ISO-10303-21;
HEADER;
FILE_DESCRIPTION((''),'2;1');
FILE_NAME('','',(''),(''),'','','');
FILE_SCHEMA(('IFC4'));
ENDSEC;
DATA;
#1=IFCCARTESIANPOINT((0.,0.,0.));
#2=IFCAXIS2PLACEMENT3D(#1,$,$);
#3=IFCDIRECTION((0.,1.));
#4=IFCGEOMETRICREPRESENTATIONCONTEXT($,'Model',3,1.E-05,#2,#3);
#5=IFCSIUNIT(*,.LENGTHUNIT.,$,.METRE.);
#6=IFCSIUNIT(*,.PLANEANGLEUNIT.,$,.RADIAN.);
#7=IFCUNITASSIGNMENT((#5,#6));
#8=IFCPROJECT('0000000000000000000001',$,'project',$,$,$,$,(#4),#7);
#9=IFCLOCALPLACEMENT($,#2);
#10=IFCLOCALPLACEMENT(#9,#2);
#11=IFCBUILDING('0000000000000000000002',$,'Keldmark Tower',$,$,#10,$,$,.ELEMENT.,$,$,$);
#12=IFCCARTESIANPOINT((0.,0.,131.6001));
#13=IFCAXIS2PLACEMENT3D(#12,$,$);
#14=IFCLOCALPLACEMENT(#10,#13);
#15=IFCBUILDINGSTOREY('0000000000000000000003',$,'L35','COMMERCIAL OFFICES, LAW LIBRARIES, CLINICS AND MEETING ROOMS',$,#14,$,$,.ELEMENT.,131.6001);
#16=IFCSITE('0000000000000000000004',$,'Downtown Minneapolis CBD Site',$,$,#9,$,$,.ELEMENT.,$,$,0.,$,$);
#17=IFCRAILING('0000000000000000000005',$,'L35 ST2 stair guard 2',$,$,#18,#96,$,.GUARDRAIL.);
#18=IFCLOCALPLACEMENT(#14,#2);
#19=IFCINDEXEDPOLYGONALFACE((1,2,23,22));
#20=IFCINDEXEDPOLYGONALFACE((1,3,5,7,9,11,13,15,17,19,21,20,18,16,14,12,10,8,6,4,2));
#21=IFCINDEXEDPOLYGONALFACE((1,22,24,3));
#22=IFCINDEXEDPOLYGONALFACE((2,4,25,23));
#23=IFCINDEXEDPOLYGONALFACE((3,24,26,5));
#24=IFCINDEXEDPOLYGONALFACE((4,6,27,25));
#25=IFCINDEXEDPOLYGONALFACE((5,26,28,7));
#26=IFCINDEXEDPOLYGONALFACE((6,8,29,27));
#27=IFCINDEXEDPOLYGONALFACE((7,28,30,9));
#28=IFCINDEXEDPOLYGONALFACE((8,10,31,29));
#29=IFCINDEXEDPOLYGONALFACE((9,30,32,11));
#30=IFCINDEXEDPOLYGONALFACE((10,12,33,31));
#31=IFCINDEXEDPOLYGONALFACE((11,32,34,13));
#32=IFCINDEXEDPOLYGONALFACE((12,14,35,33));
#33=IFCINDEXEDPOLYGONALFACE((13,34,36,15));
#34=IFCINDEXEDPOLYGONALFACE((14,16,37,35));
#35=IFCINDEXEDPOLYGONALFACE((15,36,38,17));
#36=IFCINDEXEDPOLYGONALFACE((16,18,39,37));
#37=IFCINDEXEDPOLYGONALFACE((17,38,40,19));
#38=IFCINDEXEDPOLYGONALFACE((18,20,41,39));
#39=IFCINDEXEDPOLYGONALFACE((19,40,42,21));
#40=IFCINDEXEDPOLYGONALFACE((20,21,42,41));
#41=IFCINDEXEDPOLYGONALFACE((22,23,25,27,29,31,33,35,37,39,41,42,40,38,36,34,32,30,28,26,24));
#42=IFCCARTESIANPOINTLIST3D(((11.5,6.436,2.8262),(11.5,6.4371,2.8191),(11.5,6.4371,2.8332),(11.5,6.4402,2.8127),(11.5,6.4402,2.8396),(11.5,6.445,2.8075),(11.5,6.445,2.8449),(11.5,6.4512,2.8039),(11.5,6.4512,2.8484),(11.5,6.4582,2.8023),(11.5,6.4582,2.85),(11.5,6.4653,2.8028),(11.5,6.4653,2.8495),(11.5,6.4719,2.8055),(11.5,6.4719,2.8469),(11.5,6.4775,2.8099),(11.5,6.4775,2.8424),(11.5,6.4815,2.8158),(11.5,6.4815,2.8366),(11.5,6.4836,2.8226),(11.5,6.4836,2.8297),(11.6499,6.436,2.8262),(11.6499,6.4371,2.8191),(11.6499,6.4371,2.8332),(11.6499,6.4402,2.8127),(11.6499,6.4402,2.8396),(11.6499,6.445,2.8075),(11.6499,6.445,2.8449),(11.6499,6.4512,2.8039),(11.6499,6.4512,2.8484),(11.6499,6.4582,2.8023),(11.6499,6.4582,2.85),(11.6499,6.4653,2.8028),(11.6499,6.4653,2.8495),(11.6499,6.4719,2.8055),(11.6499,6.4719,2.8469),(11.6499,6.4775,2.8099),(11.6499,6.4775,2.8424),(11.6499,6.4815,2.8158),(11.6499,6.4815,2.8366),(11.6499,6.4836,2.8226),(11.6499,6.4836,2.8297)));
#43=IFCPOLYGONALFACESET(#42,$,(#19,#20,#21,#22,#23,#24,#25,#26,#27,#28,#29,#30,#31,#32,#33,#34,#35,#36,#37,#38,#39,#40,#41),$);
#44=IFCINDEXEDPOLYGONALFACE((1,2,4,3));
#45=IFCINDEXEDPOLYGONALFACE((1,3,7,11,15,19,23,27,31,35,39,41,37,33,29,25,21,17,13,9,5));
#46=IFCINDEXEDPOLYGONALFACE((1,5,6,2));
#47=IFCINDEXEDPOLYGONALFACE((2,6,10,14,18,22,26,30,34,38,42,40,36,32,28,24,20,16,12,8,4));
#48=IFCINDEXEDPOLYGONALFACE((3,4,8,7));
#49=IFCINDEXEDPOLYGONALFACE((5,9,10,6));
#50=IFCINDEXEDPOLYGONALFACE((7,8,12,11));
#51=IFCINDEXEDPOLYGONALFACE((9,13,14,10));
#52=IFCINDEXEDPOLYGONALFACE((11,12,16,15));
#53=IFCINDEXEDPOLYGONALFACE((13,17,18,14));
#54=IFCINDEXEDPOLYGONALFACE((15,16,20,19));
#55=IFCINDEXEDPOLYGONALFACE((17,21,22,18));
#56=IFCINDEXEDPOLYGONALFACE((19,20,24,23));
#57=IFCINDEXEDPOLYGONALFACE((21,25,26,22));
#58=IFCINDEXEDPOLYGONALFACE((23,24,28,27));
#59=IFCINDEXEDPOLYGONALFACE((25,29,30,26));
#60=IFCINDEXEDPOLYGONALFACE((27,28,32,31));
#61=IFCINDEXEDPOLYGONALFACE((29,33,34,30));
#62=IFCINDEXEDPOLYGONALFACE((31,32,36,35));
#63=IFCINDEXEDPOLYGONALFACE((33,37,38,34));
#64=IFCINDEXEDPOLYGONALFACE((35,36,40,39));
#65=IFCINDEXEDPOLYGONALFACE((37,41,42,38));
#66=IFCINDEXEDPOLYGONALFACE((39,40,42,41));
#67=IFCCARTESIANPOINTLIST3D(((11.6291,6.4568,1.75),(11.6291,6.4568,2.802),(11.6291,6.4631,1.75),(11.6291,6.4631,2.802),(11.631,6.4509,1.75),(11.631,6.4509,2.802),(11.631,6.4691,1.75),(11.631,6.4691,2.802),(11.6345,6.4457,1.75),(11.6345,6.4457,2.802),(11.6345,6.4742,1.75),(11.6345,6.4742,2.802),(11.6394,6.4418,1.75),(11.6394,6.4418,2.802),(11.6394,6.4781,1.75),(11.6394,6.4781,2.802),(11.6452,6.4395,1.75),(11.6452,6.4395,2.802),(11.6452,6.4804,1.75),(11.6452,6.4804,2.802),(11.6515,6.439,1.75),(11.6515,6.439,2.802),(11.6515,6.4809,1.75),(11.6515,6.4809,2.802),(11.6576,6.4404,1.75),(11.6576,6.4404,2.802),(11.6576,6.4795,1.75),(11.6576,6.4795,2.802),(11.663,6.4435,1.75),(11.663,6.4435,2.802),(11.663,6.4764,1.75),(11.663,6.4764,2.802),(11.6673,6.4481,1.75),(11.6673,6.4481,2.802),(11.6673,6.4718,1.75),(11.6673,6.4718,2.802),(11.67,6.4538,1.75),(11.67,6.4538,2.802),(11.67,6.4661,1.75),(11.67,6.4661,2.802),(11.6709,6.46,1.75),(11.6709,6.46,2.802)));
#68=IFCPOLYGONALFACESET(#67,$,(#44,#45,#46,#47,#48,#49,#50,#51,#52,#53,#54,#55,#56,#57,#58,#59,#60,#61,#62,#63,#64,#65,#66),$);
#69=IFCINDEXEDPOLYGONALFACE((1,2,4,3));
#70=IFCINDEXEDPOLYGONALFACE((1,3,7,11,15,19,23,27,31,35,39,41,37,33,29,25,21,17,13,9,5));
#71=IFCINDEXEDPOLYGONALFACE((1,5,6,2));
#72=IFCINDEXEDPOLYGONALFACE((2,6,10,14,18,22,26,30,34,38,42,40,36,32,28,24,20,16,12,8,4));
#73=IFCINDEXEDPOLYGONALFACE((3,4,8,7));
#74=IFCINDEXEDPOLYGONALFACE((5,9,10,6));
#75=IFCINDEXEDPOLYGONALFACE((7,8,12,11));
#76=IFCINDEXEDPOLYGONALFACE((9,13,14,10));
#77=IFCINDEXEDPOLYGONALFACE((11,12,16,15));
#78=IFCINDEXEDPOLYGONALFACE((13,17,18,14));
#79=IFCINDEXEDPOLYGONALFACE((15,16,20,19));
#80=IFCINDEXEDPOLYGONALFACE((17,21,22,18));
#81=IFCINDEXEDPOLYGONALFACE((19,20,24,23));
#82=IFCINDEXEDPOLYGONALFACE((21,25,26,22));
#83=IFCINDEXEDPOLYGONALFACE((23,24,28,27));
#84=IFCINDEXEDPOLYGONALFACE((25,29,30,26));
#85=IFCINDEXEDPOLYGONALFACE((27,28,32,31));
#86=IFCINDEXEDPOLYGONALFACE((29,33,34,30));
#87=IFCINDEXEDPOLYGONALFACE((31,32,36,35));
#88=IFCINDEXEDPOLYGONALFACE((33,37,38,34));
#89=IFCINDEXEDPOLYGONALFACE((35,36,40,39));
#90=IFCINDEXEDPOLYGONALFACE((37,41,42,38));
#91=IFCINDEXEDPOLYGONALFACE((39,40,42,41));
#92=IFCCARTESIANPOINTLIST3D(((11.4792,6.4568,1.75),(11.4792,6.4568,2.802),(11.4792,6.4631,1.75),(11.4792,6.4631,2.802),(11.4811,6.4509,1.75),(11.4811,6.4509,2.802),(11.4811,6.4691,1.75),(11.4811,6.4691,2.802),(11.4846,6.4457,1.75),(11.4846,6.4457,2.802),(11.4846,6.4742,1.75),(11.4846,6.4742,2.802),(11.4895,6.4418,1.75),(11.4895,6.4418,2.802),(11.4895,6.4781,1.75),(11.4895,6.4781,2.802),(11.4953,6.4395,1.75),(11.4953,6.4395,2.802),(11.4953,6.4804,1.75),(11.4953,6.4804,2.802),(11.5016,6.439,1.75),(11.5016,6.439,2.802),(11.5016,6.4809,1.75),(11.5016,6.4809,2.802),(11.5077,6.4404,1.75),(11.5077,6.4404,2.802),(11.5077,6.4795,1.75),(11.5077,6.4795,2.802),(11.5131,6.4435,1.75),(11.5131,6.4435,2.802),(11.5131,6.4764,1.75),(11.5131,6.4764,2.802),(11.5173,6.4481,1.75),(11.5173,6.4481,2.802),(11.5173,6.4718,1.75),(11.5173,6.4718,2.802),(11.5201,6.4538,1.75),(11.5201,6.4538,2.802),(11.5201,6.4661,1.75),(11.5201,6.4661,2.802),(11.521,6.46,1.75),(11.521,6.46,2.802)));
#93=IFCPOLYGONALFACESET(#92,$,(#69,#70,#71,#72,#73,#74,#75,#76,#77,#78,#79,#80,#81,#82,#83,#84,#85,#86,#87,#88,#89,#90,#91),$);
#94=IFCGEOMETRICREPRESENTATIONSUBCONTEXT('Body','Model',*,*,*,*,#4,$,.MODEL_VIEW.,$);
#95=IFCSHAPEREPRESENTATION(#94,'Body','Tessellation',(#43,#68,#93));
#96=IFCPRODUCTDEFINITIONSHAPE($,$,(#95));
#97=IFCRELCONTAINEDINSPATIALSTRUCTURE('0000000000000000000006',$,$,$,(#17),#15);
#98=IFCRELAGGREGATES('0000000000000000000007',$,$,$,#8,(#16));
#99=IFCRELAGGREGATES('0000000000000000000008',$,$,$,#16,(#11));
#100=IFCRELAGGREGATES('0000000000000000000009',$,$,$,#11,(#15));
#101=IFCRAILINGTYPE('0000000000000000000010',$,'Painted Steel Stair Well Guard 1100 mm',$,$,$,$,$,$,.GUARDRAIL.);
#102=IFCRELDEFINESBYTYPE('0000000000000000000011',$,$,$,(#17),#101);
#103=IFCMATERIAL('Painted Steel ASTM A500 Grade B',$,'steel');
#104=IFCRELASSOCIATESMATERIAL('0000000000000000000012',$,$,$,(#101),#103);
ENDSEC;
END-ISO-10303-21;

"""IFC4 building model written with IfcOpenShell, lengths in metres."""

from ifc_helpers import new_model, si_unit, direction, frame, origin, origin_2d, place, context, subcontext, project, spatial, circle, extrude, material, type_object, element, save


model = new_model("IFC4")

# Units and contexts
model_context = context("Model", 3, precision=1e-05, world=origin(), true_north=direction((0.0, 1.0)))
body_context = subcontext(model_context, "Body", "Model", "MODEL_VIEW")
ifc_project = project(units=[si_unit("LENGTHUNIT", "METRE"), si_unit("PLANEANGLEUNIT", "RADIAN")], contexts=[model_context])

# Site, building, storey
site_placement = place(None, origin())
site = spatial("IfcSite", under=ifc_project, at=site_placement, Name="Downtown Minneapolis CBD Site", CompositionType="ELEMENT", RefElevation=0.0)
building_placement = place(site_placement, origin())
building = spatial("IfcBuilding", under=site, at=building_placement, Name="Keldmark Tower", CompositionType="ELEMENT")
storey_placement = place(building_placement, frame((0.0, 0.0, 131.6001)))
storey = spatial("IfcBuildingStorey", under=building, at=storey_placement, Name="L35", Description="COMMERCIAL OFFICES, LAW LIBRARIES, CLINICS AND MEETING ROOMS", CompositionType="ELEMENT", Elevation=131.6001)

# Railing
ifc_material_1 = material(Name="Painted Steel ASTM A500 Grade B", Category="steel")
railing_type_1 = type_object("IfcRailingType", Name="Painted Steel Stair Well Guard 1100 mm", PredefinedType="GUARDRAIL", material=ifc_material_1)
railing_1_placement = place(storey_placement, frame((11.6499, 6.46, 1.75)))
element("IfcRailing", 1, at=railing_1_placement, inside=storey, type_object=railing_type_1, Name="L35 ST2 stair guard 2", PredefinedType="GUARDRAIL", context=body_context, shape_type="SweptSolid", body=[
    extrude(circle(Radius=0.0239, at=origin_2d()), frame((0.0, 0.0, 1.0762), z_axis=(-1.0, 0.0, 0.0), x_axis=(0.0, -1.0, 0.0)), (0.0, 0.0, 1.0), 0.1499),
    extrude(circle(Radius=0.021, at=origin_2d()), origin(), (0.0, 0.0, 1.0), 1.052),
    extrude(circle(Radius=0.021, at=origin_2d()), frame((-0.1499, 0.0, 0.0)), (0.0, 0.0, 1.0), 1.052),
])

save(model, "model.ifc")
